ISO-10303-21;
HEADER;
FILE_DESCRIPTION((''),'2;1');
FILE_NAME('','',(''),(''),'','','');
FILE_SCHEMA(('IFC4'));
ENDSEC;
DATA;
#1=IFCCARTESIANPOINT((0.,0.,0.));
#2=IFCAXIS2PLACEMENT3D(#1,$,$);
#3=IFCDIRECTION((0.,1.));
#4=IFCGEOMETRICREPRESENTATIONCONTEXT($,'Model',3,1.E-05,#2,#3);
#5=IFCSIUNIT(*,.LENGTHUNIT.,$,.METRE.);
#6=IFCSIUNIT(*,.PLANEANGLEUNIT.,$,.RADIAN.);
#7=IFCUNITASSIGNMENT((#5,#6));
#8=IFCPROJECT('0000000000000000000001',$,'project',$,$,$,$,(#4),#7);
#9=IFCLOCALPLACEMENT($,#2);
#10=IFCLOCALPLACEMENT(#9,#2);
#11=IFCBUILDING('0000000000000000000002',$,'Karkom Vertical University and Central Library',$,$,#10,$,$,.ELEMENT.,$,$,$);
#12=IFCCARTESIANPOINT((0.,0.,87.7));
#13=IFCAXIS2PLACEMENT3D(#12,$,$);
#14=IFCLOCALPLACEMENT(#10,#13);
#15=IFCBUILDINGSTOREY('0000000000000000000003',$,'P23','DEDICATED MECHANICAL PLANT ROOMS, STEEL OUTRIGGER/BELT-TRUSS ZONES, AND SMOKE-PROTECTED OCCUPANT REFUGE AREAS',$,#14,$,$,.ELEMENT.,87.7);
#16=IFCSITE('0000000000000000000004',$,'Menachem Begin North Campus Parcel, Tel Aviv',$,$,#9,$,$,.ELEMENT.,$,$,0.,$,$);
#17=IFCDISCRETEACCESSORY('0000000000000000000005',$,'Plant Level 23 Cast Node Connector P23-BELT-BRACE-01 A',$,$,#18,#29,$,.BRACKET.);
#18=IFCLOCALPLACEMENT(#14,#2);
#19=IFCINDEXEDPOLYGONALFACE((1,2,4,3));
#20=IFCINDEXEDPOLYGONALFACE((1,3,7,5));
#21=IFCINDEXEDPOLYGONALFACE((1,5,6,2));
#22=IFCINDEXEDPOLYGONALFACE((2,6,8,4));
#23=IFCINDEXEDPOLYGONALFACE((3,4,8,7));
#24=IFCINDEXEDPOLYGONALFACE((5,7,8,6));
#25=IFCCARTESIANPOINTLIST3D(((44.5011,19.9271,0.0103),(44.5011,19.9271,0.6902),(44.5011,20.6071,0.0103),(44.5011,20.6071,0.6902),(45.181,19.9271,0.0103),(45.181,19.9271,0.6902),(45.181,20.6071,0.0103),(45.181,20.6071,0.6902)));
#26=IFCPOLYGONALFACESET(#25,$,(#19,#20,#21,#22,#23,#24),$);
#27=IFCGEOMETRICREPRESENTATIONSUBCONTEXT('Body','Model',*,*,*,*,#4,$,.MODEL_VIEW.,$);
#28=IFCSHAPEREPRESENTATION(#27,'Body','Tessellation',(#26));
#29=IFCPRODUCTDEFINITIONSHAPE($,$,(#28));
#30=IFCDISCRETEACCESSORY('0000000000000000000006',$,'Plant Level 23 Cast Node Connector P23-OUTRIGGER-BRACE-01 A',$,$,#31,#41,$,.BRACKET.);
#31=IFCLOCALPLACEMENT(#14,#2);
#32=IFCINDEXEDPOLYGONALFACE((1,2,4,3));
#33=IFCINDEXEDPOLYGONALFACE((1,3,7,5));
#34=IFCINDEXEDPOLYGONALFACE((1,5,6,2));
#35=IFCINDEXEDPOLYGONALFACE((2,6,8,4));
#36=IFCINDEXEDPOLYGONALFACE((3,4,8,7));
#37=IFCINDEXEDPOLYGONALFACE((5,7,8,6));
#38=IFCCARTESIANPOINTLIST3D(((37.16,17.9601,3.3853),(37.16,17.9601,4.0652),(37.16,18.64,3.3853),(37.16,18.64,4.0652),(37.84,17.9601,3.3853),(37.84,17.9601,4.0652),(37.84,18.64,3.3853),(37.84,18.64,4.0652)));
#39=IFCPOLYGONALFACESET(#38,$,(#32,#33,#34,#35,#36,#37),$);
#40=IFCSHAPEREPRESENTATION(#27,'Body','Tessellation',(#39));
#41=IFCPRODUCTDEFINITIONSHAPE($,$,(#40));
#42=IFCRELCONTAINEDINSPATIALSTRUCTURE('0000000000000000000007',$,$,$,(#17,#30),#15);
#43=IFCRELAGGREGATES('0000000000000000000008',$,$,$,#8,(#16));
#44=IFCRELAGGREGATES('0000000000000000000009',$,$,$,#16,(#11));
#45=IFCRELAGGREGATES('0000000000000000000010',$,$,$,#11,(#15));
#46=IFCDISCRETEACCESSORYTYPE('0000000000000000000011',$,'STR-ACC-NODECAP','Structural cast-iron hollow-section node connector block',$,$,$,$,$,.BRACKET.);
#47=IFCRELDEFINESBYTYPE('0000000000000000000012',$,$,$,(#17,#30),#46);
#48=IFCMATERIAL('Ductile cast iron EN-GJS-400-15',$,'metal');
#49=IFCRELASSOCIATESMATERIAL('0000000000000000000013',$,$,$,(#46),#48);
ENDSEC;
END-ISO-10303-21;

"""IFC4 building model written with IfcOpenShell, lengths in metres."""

from ifc_helpers import new_model, si_unit, direction, frame, origin, origin_with_axes, origin_2d, place, context, subcontext, project, spatial, rectangle, extrude, source, transform, mapped, material, type_object, element, save


model = new_model("IFC4")

# Units and contexts
model_context = context("Model", 3, precision=1e-05, world=origin(), true_north=direction((0.0, 1.0)))
body_context = subcontext(model_context, "Body", "Model", "MODEL_VIEW")
ifc_project = project(units=[si_unit("LENGTHUNIT", "METRE"), si_unit("PLANEANGLEUNIT", "RADIAN")], contexts=[model_context])

# Site, building, storey
site_placement = place(None, origin())
site = spatial("IfcSite", under=ifc_project, at=site_placement, Name="Menachem Begin North Campus Parcel, Tel Aviv", CompositionType="ELEMENT", RefElevation=0.0)
building_placement = place(site_placement, origin())
building = spatial("IfcBuilding", under=site, at=building_placement, Name="Karkom Vertical University and Central Library", CompositionType="ELEMENT")
storey_placement = place(building_placement, frame((0.0, 0.0, 87.7)))
storey = spatial("IfcBuildingStorey", under=building, at=storey_placement, Name="P23", Description="DEDICATED MECHANICAL PLANT ROOMS, STEEL OUTRIGGER/BELT-TRUSS ZONES, AND SMOKE-PROTECTED OCCUPANT REFUGE AREAS", CompositionType="ELEMENT", Elevation=87.7)

# Discrete accessories
ifc_material_1 = material(Name="Ductile cast iron EN-GJS-400-15", Category="metal")
discrete_accessory_type = type_object("IfcDiscreteAccessoryType", Name="STR-ACC-NODECAP", Description="Structural cast-iron hollow-section node connector block", PredefinedType="BRACKET", material=ifc_material_1)
shared_shape_1 = source(origin_with_axes(), body_context, "Body", "SweptSolid", [
    extrude(rectangle(XDim=0.6799, YDim=0.6799, at=origin_2d()), origin(), (0.0, 0.0, 1.0), 0.6799),
])
for number, where, z_axis, x_axis, name in (
    (1, (44.8411, 20.2671, 0.0103), (0.0, 0.0, 1.0), (1.0, 0.0, 0.0), "Plant Level 23 Cast Node Connector P23-BELT-BRACE-01 A"),
    (2, (37.5, 18.3, 3.3853), (0.0, 0.0, 1.0), (1.0, 0.0, 0.0), "Plant Level 23 Cast Node Connector P23-OUTRIGGER-BRACE-01 A"),
):
    element("IfcDiscreteAccessory", number, at=place(storey_placement, frame(where, z_axis=z_axis, x_axis=x_axis)), inside=storey, type_object=discrete_accessory_type, Name=name, PredefinedType="BRACKET", context=body_context, shape_type="MappedRepresentation", body=[
        mapped(shared_shape_1, transform((0.0, 0.0, 0.0), scale=1.0)),
    ])

save(model, "model.ifc")
